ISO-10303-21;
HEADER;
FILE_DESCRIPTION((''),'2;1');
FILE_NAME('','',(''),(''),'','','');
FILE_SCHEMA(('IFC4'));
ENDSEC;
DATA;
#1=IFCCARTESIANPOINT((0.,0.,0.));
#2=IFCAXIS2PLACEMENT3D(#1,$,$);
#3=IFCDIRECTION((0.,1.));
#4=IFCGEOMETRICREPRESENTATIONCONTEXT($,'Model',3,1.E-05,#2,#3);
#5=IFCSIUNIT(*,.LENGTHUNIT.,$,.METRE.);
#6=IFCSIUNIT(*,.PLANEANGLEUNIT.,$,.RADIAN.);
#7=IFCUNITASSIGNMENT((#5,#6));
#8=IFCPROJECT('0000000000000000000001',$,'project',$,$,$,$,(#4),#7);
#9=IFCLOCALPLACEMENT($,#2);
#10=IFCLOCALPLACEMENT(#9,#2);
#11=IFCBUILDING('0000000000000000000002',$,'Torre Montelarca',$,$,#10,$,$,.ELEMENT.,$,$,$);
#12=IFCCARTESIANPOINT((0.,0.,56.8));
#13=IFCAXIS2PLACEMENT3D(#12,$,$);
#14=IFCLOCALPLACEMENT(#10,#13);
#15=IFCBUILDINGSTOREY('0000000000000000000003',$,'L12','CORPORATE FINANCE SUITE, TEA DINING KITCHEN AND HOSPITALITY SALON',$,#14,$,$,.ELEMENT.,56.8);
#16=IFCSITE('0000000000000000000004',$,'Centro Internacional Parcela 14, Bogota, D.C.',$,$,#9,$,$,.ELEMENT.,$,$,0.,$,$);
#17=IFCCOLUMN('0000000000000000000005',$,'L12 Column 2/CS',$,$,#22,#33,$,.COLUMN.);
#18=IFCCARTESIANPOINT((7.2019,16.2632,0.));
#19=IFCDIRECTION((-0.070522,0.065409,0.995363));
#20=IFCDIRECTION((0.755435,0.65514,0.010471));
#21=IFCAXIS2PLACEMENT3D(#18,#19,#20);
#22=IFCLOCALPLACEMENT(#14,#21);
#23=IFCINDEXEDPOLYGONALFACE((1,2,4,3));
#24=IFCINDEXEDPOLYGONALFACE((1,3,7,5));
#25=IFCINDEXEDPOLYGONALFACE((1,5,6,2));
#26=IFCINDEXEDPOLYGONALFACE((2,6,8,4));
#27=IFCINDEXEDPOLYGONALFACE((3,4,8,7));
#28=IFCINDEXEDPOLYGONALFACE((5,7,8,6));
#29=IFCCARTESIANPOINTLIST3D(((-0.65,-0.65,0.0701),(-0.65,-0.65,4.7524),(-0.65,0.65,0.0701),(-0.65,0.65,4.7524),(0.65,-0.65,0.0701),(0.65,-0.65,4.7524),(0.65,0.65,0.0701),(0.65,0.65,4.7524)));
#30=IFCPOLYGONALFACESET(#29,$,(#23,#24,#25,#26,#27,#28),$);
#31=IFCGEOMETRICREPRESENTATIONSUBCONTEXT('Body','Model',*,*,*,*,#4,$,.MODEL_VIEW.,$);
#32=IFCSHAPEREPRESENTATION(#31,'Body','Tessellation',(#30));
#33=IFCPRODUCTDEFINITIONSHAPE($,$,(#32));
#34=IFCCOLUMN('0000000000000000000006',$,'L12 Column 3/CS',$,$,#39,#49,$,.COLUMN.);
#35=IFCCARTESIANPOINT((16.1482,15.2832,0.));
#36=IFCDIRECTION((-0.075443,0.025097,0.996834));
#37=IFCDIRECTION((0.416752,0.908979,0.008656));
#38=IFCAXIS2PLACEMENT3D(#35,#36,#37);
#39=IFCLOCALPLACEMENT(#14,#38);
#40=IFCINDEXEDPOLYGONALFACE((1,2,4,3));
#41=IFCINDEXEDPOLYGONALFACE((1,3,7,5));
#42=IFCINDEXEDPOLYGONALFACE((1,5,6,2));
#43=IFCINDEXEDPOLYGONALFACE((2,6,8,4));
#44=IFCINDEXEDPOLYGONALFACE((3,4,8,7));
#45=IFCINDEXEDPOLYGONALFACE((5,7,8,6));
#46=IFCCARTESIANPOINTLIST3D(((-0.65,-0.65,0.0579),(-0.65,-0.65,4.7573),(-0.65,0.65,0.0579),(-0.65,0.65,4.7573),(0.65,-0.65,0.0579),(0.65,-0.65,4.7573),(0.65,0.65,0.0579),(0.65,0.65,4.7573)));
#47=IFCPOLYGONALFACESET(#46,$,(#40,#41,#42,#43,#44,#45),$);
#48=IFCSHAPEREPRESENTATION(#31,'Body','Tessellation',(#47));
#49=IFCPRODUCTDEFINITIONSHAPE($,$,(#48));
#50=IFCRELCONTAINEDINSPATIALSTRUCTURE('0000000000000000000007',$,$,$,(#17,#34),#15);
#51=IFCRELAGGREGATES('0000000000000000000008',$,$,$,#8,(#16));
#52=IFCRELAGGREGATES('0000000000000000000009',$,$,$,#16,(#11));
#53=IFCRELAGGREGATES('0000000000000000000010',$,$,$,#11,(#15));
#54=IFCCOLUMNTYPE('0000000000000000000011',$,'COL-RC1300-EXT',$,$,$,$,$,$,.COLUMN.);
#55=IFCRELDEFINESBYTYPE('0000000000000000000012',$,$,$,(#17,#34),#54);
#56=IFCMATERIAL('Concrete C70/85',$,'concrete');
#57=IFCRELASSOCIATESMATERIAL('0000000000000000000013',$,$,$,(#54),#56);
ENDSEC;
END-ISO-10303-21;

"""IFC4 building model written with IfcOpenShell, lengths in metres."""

from ifc_helpers import new_model, si_unit, direction, frame, origin, origin_2d, place, context, subcontext, project, spatial, rectangle, extrude, clip, halfspace, material, material_profile, profile_set, type_object, element, save


model = new_model("IFC4")

# Units and contexts
model_context = context("Model", 3, precision=1e-05, world=origin(), true_north=direction((0.0, 1.0)))
body_context = subcontext(model_context, "Body", "Model", "MODEL_VIEW")
ifc_project = project(units=[si_unit("LENGTHUNIT", "METRE"), si_unit("PLANEANGLEUNIT", "RADIAN")], contexts=[model_context])

# Site, building, storey
site_placement = place(None, origin())
site = spatial("IfcSite", under=ifc_project, at=site_placement, Name="Centro Internacional Parcela 14, Bogota, D.C.", CompositionType="ELEMENT", RefElevation=0.0)
building_placement = place(site_placement, origin())
building = spatial("IfcBuilding", under=site, at=building_placement, Name="Torre Montelarca", CompositionType="ELEMENT")
storey_placement = place(building_placement, frame((0.0, 0.0, 56.8)))
storey = spatial("IfcBuildingStorey", under=building, at=storey_placement, Name="L12", Description="CORPORATE FINANCE SUITE, TEA DINING KITCHEN AND HOSPITALITY SALON", CompositionType="ELEMENT", Elevation=56.8)

# Columns
ifc_material_1 = material(Name="Concrete C70/85", Category="concrete")
ifc_material_profile_1 = material_profile(ifc_material_1, rectangle(XDim=1.3, YDim=1.3, at=origin_2d()), Name="RC1300X1300", Category="concrete")
ifc_profile_set_1 = profile_set([ifc_material_profile_1], Name="Concrete C70/85")
column_type = type_object("IfcColumnType", Name="COL-RC1300-EXT", PredefinedType="COLUMN", material=ifc_profile_set_1)
column_1_placement = place(storey_placement, frame((7.2019, 16.2632, 0.0), z_axis=(-0.070522, 0.065409, 0.995363), x_axis=(0.755435, 0.65514, 0.010471)))
element("IfcColumn", 1, at=column_1_placement, inside=storey, type_object=column_type, Name="L12 Column 2/CS", PredefinedType="COLUMN", context=body_context, shape_type="Clipping", body=[
    clip(clip(extrude(rectangle(XDim=1.3, YDim=1.3, at=origin_2d()), origin(), (0.0, 0.0, 1.0), 4.8225), halfspace(frame((0.0, 0.0, 0.0701), z_axis=(0.0, 0.0, -1.0), x_axis=(1.0, 0.0, 0.0)), False)), halfspace(frame((0.0, 0.0, 4.7524), z_axis=(0.0, 0.0, 1.0), x_axis=(1.0, 0.0, 0.0)), False)),
])
column_2_placement = place(storey_placement, frame((16.1482, 15.2832, 0.0), z_axis=(-0.075443, 0.025097, 0.996834), x_axis=(0.416752, 0.908979, 0.008656)))
element("IfcColumn", 2, at=column_2_placement, inside=storey, type_object=column_type, Name="L12 Column 3/CS", PredefinedType="COLUMN", context=body_context, shape_type="Clipping", body=[
    clip(clip(extrude(rectangle(XDim=1.3, YDim=1.3, at=origin_2d()), origin(), (0.0, 0.0, 1.0), 4.8152), halfspace(frame((0.0, 0.0, 0.0579), z_axis=(0.0, 0.0, -1.0), x_axis=(1.0, 0.0, 0.0)), False)), halfspace(frame((0.0, 0.0, 4.7573), z_axis=(0.0, 0.0, 1.0), x_axis=(1.0, 0.0, 0.0)), False)),
])

save(model, "model.ifc")
